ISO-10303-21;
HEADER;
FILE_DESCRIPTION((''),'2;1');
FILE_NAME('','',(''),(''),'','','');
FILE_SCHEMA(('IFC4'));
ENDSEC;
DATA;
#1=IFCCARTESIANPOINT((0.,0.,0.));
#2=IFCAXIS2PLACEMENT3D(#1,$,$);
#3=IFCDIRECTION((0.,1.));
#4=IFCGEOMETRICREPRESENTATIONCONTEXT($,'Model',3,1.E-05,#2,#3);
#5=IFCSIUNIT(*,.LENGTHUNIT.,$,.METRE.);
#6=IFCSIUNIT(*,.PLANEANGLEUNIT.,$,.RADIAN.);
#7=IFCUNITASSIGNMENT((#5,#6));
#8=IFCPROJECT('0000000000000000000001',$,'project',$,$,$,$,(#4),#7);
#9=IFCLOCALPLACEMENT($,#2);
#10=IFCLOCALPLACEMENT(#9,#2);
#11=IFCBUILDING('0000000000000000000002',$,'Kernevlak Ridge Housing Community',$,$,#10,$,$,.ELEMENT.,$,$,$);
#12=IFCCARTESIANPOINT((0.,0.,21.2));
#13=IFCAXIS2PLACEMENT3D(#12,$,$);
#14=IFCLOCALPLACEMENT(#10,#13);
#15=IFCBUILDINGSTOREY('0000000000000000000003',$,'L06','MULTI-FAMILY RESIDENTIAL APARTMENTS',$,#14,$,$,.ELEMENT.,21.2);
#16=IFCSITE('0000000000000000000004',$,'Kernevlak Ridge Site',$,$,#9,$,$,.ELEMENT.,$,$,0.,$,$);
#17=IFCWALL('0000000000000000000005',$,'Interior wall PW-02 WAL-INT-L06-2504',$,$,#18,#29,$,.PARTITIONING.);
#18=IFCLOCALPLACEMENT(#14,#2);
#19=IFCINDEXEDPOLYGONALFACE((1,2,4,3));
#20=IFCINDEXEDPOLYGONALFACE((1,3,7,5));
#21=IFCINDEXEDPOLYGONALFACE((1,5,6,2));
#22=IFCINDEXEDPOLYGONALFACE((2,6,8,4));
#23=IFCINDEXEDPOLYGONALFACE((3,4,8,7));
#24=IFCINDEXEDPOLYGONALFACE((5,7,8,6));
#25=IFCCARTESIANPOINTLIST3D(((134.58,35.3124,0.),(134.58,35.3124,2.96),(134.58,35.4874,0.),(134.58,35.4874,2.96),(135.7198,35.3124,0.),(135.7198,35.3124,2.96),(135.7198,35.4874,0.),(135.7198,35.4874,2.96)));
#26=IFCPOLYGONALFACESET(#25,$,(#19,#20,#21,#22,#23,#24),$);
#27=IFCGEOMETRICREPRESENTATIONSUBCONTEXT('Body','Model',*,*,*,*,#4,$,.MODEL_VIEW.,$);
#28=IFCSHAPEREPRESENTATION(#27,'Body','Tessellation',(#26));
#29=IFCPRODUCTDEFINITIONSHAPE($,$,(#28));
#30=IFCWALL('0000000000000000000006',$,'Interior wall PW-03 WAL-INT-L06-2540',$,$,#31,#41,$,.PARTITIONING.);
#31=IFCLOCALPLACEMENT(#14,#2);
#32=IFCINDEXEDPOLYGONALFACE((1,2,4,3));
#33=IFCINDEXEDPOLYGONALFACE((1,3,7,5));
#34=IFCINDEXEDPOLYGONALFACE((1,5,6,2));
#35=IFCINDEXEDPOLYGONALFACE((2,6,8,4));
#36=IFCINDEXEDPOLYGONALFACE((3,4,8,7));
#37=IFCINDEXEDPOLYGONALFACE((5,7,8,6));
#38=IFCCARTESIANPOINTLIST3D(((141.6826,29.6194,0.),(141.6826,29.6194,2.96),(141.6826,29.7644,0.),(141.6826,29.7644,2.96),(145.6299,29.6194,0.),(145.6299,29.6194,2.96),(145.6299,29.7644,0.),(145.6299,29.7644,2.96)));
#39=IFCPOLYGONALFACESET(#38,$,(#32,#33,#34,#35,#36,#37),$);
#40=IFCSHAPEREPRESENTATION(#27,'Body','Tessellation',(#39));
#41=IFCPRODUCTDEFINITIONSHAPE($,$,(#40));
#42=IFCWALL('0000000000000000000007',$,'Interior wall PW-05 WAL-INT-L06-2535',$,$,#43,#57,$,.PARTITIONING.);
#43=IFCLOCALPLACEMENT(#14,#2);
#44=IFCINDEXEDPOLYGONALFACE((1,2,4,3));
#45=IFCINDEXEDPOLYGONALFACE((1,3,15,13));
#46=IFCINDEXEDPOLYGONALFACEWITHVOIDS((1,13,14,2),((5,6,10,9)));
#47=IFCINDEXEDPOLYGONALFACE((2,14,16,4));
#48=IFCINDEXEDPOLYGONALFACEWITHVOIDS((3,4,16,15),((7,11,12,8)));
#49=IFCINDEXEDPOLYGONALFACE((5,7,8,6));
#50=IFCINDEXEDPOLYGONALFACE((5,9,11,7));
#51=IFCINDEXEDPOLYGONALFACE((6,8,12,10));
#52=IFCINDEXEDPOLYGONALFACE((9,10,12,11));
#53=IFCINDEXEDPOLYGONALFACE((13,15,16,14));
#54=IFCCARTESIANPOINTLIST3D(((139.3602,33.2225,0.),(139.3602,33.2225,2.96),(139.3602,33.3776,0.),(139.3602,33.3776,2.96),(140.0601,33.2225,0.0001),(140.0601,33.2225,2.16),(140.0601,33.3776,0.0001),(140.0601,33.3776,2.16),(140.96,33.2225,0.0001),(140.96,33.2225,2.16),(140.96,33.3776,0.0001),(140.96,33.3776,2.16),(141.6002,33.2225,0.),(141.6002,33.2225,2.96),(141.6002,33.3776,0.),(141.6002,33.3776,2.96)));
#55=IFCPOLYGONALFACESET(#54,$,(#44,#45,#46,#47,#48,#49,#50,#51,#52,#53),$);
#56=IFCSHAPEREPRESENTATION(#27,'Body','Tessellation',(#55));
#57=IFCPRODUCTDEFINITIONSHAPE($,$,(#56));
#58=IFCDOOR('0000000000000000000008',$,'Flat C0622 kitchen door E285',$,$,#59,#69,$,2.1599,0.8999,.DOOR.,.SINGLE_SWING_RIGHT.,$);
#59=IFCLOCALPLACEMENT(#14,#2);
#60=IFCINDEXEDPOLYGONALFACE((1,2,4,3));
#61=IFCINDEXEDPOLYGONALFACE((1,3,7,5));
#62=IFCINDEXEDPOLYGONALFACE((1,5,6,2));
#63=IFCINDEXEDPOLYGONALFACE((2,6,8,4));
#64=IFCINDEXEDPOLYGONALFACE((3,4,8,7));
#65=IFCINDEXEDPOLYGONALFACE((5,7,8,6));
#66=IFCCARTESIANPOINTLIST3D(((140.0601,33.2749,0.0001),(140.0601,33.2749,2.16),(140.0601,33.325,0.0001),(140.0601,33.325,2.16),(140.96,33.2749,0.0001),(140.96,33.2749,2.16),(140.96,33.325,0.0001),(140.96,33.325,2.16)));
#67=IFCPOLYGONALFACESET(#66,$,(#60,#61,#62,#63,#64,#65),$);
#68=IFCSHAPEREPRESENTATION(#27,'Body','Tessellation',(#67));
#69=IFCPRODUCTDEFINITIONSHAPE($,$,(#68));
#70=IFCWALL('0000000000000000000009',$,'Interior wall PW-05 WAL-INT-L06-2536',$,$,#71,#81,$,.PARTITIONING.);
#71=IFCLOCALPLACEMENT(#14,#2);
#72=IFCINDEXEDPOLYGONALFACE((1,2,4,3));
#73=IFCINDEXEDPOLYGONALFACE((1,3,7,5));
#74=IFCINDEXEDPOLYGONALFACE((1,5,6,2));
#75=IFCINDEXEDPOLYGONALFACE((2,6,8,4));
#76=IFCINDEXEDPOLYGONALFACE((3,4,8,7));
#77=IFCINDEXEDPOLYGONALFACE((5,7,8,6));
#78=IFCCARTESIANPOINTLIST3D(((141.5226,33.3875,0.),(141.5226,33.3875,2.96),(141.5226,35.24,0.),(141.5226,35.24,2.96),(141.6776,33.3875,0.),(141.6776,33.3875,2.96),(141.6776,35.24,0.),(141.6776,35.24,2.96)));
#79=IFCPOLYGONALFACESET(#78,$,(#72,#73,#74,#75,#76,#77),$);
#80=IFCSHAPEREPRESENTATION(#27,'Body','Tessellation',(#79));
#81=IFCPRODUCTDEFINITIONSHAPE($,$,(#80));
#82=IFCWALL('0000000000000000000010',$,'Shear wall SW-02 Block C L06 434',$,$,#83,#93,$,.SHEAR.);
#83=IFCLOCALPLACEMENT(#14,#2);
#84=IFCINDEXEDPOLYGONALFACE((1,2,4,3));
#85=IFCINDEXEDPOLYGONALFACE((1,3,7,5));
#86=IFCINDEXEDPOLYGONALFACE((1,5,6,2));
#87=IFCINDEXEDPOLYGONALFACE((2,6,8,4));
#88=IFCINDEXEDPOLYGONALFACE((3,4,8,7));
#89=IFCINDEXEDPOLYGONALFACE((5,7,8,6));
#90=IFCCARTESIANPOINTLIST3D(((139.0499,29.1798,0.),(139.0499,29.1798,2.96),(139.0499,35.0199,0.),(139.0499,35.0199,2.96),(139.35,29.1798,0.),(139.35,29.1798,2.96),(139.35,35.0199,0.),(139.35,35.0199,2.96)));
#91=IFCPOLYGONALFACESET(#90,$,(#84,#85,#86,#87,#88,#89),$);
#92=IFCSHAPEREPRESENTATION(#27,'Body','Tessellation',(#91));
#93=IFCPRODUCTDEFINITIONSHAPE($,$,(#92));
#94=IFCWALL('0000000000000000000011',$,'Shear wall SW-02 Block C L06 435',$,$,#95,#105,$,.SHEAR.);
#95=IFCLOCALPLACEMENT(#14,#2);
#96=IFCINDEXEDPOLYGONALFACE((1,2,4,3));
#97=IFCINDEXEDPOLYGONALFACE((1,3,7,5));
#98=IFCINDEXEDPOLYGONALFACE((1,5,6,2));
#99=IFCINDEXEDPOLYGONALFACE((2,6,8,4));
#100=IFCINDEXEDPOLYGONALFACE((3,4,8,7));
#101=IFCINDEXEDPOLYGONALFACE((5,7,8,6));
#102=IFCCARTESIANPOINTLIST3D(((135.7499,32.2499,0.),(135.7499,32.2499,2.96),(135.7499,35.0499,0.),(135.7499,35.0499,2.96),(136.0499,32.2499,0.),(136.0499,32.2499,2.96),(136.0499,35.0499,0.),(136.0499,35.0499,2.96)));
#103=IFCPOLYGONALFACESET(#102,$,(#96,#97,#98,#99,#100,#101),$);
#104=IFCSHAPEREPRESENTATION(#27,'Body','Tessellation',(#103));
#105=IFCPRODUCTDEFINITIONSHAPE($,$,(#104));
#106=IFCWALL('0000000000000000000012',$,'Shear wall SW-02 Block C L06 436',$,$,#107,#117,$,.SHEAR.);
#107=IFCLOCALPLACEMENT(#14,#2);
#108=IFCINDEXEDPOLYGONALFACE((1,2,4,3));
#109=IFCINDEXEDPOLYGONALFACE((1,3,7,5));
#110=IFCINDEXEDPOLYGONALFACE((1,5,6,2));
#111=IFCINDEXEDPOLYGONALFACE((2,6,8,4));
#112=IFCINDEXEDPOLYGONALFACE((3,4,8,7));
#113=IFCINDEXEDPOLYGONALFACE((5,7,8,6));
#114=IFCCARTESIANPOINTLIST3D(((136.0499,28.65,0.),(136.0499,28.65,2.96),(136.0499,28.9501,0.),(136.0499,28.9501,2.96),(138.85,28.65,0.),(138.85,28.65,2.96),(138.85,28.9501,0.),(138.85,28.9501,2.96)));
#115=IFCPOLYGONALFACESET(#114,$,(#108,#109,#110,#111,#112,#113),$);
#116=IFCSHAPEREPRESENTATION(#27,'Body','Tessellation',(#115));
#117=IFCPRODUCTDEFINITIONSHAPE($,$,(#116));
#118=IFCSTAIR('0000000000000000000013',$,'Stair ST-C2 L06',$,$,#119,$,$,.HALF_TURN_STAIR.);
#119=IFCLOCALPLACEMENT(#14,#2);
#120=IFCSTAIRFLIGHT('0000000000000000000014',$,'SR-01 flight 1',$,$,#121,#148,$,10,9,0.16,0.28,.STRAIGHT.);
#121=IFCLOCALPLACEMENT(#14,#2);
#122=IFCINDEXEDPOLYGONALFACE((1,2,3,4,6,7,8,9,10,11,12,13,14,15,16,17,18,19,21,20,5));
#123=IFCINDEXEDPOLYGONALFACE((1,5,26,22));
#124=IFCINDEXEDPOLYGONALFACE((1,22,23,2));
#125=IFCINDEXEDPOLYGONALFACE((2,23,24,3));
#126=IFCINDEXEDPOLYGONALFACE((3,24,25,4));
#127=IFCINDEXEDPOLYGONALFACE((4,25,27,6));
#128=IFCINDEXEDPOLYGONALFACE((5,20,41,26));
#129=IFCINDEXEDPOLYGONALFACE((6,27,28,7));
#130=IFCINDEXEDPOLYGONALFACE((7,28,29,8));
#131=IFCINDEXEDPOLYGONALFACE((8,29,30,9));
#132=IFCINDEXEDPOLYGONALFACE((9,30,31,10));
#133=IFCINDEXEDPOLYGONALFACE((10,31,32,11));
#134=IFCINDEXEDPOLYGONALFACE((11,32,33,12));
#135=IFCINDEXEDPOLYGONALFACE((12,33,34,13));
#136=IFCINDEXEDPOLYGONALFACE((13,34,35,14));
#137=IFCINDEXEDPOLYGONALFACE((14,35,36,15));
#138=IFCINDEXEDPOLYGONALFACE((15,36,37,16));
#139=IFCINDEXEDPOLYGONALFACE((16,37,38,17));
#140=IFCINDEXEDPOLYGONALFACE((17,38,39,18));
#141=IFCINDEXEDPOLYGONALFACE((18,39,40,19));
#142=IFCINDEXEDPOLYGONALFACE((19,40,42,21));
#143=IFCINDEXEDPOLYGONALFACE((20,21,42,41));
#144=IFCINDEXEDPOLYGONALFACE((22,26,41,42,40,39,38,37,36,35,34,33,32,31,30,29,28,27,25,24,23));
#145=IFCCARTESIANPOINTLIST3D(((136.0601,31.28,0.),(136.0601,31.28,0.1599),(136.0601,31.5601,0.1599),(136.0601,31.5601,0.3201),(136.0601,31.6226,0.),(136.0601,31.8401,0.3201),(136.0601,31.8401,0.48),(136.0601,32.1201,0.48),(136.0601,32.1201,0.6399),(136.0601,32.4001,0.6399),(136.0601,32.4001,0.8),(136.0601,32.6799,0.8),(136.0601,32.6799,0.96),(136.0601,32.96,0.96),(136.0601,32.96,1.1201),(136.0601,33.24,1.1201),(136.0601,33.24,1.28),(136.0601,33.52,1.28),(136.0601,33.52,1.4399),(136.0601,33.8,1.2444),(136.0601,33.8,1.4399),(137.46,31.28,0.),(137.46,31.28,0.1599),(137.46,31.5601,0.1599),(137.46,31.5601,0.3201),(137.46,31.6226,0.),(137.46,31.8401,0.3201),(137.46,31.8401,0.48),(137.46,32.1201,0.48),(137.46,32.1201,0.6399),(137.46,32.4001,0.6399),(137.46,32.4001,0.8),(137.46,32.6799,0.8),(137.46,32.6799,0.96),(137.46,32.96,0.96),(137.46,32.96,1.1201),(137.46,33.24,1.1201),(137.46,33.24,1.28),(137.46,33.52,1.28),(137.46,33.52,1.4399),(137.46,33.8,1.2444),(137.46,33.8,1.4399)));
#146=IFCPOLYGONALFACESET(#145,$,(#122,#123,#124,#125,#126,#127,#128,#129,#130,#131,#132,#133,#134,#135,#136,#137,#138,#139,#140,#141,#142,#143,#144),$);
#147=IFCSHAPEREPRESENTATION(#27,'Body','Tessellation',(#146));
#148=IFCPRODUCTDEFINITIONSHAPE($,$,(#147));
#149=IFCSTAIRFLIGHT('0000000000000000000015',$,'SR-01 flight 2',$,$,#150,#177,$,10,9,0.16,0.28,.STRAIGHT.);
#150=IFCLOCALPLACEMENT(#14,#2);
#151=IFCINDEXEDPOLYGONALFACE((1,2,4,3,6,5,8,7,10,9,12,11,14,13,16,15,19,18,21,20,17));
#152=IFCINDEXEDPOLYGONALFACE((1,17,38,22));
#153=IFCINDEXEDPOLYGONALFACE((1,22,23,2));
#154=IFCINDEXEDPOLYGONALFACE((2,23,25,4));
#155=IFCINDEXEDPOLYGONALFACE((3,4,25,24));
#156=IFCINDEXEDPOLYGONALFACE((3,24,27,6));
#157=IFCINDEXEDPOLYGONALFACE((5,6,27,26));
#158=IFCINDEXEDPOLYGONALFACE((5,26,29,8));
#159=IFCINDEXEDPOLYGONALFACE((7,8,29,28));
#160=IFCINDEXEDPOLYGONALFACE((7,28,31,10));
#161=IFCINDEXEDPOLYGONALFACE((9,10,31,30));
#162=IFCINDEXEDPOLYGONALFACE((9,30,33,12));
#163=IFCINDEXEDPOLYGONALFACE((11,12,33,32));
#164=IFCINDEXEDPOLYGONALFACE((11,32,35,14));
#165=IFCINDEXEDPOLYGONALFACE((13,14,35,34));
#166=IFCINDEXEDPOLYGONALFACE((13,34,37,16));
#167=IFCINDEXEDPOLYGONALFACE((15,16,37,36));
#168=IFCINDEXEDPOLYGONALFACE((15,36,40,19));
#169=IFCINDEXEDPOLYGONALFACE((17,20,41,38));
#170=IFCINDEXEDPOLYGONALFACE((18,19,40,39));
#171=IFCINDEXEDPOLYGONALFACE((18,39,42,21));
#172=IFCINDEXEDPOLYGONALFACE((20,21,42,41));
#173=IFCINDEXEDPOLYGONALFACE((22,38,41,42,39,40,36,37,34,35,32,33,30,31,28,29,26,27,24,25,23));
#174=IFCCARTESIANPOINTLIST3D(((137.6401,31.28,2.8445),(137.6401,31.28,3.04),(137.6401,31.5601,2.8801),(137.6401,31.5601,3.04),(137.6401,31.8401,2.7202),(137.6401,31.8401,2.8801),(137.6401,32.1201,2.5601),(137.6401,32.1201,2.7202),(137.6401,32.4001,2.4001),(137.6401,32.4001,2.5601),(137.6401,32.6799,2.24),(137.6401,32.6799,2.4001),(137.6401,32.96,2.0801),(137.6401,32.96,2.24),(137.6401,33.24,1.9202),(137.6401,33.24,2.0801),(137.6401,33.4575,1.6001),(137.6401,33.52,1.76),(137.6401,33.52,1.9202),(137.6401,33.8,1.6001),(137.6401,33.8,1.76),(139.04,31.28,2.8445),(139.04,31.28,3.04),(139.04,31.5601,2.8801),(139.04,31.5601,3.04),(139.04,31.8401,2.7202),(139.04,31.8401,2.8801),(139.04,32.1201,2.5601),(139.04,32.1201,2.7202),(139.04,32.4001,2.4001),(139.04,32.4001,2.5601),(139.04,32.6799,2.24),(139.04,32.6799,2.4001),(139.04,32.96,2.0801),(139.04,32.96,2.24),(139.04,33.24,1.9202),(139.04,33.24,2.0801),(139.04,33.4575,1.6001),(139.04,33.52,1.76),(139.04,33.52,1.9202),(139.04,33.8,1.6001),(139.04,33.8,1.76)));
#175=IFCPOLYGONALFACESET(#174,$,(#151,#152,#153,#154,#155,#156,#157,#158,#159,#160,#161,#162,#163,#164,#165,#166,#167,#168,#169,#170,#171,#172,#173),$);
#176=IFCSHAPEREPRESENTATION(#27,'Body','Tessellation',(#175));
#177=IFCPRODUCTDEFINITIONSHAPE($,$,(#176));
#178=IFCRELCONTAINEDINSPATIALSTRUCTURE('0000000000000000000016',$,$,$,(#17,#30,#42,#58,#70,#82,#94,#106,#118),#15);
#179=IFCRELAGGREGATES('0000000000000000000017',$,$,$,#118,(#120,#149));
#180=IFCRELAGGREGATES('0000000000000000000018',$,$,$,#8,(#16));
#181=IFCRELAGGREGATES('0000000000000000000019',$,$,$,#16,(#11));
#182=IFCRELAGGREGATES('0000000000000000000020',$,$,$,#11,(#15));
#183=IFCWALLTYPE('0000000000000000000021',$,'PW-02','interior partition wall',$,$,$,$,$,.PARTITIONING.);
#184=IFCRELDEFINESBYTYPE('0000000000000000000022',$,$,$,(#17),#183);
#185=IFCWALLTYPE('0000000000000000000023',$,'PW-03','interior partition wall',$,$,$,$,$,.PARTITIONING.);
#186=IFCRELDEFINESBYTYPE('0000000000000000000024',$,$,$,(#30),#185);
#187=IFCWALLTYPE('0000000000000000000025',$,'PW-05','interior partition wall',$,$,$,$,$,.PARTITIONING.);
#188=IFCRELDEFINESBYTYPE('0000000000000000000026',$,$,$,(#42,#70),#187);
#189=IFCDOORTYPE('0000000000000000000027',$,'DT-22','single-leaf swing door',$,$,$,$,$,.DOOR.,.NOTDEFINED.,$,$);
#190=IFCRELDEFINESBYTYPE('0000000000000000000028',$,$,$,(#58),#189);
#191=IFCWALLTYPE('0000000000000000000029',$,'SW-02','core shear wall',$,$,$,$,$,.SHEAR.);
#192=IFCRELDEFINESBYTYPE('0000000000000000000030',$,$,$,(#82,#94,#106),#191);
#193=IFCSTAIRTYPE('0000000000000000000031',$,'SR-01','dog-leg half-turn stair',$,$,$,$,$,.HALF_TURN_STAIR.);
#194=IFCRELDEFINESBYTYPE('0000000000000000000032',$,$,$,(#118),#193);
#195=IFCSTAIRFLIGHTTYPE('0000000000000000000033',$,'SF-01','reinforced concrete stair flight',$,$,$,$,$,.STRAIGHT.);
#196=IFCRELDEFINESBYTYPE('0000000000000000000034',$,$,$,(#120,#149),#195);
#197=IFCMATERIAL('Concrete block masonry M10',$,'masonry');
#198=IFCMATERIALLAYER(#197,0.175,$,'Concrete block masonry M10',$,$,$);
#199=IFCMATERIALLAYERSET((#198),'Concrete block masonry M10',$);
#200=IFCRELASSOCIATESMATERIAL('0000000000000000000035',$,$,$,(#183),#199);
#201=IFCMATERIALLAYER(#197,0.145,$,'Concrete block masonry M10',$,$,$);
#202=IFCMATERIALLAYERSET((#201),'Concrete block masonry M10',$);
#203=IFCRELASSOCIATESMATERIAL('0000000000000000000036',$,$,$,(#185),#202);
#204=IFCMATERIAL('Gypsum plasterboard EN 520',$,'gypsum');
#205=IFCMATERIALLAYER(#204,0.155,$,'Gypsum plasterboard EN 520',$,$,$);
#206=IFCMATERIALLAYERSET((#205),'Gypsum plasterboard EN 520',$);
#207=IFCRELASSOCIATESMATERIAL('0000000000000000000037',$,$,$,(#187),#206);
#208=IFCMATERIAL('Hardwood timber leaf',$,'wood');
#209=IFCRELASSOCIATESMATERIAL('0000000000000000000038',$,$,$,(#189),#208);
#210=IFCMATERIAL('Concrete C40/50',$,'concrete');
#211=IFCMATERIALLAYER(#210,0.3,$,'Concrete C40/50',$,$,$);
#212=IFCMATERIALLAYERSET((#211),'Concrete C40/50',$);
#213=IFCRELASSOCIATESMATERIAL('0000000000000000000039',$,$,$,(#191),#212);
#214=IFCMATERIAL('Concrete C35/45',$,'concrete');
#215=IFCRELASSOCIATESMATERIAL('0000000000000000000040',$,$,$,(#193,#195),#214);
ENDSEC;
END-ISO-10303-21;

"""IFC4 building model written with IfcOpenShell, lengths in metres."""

from ifc_helpers import new_model, si_unit, direction, frame, frame_2d, origin, place, context, subcontext, project, spatial, polyline, rectangle, outline, extrude, material, layer, layer_set, type_object, element, fill, aggregate, save


model = new_model("IFC4")

# Units and contexts
model_context = context("Model", 3, precision=1e-05, world=origin(), true_north=direction((0.0, 1.0)))
body_context = subcontext(model_context, "Body", "Model", "MODEL_VIEW")
ifc_project = project(units=[si_unit("LENGTHUNIT", "METRE"), si_unit("PLANEANGLEUNIT", "RADIAN")], contexts=[model_context])

# Site, building, storey
site_placement = place(None, origin())
site = spatial("IfcSite", under=ifc_project, at=site_placement, Name="Kernevlak Ridge Site", CompositionType="ELEMENT", RefElevation=0.0)
building_placement = place(site_placement, origin())
building = spatial("IfcBuilding", under=site, at=building_placement, Name="Kernevlak Ridge Housing Community", CompositionType="ELEMENT")
storey_placement = place(building_placement, frame((0.0, 0.0, 21.2)))
storey = spatial("IfcBuildingStorey", under=building, at=storey_placement, Name="L06", Description="MULTI-FAMILY RESIDENTIAL APARTMENTS", CompositionType="ELEMENT", Elevation=21.2)

# Shared definitions
ifc_material_1 = material(Name="Concrete C35/45", Category="concrete")

# Shared definitions
ifc_material_2 = material(Name="Concrete block masonry M10", Category="masonry")

# Shared definitions
ifc_layer_1 = layer(ifc_material_2, 0.175, Name="Concrete block masonry M10")
ifc_layer_set_1 = layer_set([ifc_layer_1], Name="Concrete block masonry M10")
wall_type_1 = type_object("IfcWallType", Name="PW-02", Description="interior partition wall", PredefinedType="PARTITIONING", material=ifc_layer_set_1)

# Walls
for number, where, z_axis, x_axis, name in (
    (1, (134.5801, 35.3999, 0.0), (0.0, 0.0, 1.0), (1.0, 0.0, 0.0), "Interior wall PW-02 WAL-INT-L06-2504"),
):
    element("IfcWall", number, at=place(storey_placement, frame(where, z_axis=z_axis, x_axis=x_axis)), inside=storey, type_object=wall_type_1, Name=name, PredefinedType="PARTITIONING", context=body_context, shape_type="SweptSolid", body=[
        extrude(rectangle(XDim=1.1399, YDim=0.175, at=frame_2d((0.5698, 0.0))), origin(), (0.0, 0.0, 1.0), 2.96),
    ])
ifc_layer_2 = layer(ifc_material_2, 0.145, Name="Concrete block masonry M10")
ifc_layer_set_2 = layer_set([ifc_layer_2], Name="Concrete block masonry M10")
wall_type_2 = type_object("IfcWallType", Name="PW-03", Description="interior partition wall", PredefinedType="PARTITIONING", material=ifc_layer_set_2)
wall_1_placement = place(storey_placement, frame((141.6826, 29.6919, 0.0), z_axis=(0.0, 0.0, 1.0), x_axis=(1.0, 0.0, 0.0)))
element("IfcWall", 2, at=wall_1_placement, inside=storey, type_object=wall_type_2, Name="Interior wall PW-03 WAL-INT-L06-2540", PredefinedType="PARTITIONING", context=body_context, shape_type="SweptSolid", body=[
    extrude(rectangle(XDim=3.9473, YDim=0.145, at=frame_2d((1.9736, 0.0))), origin(), (0.0, 0.0, 1.0), 2.96),
])

# Wall, opening, door
ifc_material_3 = material(Name="Gypsum plasterboard EN 520", Category="gypsum")
ifc_layer_3 = layer(ifc_material_3, 0.155, Name="Gypsum plasterboard EN 520")
ifc_layer_set_3 = layer_set([ifc_layer_3], Name="Gypsum plasterboard EN 520")
wall_type_3 = type_object("IfcWallType", Name="PW-05", Description="interior partition wall", PredefinedType="PARTITIONING", material=ifc_layer_set_3)
wall_2_placement = place(storey_placement, frame((139.3601, 33.3, 0.0), z_axis=(0.0, 0.0, 1.0), x_axis=(1.0, 0.0, 0.0)))
wall_2 = element("IfcWall", 3, at=wall_2_placement, inside=storey, type_object=wall_type_3, Name="Interior wall PW-05 WAL-INT-L06-2535", PredefinedType="PARTITIONING", context=body_context, shape_type="SweptSolid", body=[
    extrude(rectangle(XDim=2.24, YDim=0.155, at=frame_2d((1.1201, 0.0))), origin(), (0.0, 0.0, 1.0), 2.96),
])
opening_1_placement = place(wall_2_placement, frame((0.7, 0.0, 0.0)))
opening_1 = element("IfcOpeningElement", 4, at=opening_1_placement, cuts=wall_2, PredefinedType="OPENING", context=body_context, shape_type="SweptSolid", body=[
    extrude(rectangle(XDim=0.8999, YDim=2.1599, at=frame_2d((0.45, 1.0801))), frame((0.0, 0.0874, 0.0), z_axis=(0.0, -1.0, 0.0), x_axis=(1.0, 0.0, 0.0)), (0.0, 0.0, 1.0), 0.175),
])
ifc_material_4 = material(Name="Hardwood timber leaf", Category="wood")
door_type_1 = type_object("IfcDoorType", Name="DT-22", Description="single-leaf swing door", OperationType="NOTDEFINED", PredefinedType="DOOR", material=ifc_material_4)
door_1_placement = place(opening_1_placement, origin())
door_1 = element("IfcDoor", 5, at=door_1_placement, inside=storey, type_object=door_type_1, Name="Flat C0622 kitchen door E285", OperationType="SINGLE_SWING_RIGHT", OverallHeight=2.1599, OverallWidth=0.8999, PredefinedType="DOOR", context=body_context, shape_type="SweptSolid", body=[
    extrude(rectangle(XDim=0.8999, YDim=2.1599, at=frame_2d((0.45, 1.0801))), frame((0.0, 0.0249, 0.0), z_axis=(0.0, -1.0, 0.0), x_axis=(1.0, 0.0, 0.0)), (0.0, 0.0, 1.0), 0.05),
])
fill(opening_1, door_1)

# Walls
wall_3_placement = place(storey_placement, frame((141.6001, 33.3875, 0.0), z_axis=(0.0, 0.0, 1.0), x_axis=(0.0, 1.0, 0.0)))
element("IfcWall", 6, at=wall_3_placement, inside=storey, type_object=wall_type_3, Name="Interior wall PW-05 WAL-INT-L06-2536", PredefinedType="PARTITIONING", context=body_context, shape_type="SweptSolid", body=[
    extrude(rectangle(XDim=1.8525, YDim=0.155, at=frame_2d((0.9263, 0.0))), origin(), (0.0, 0.0, 1.0), 2.96),
])
ifc_material_5 = material(Name="Concrete C40/50", Category="concrete")
ifc_layer_4 = layer(ifc_material_5, 0.3, Name="Concrete C40/50")
ifc_layer_set_4 = layer_set([ifc_layer_4], Name="Concrete C40/50")
wall_type_4 = type_object("IfcWallType", Name="SW-02", Description="core shear wall", PredefinedType="SHEAR", material=ifc_layer_set_4)
wall_4_placement = place(storey_placement, frame((139.2, 29.1799, 0.0), z_axis=(0.0, 0.0, 1.0), x_axis=(0.0, 1.0, 0.0)))
element("IfcWall", 7, at=wall_4_placement, inside=storey, type_object=wall_type_4, Name="Shear wall SW-02 Block C L06 434", PredefinedType="SHEAR", context=body_context, shape_type="SweptSolid", body=[
    extrude(rectangle(XDim=5.8401, YDim=0.3, at=frame_2d((2.9199, 0.0))), origin(), (0.0, 0.0, 1.0), 2.96),
])
for number, where, z_axis, x_axis, name in (
    (8, (135.8999, 32.25, 0.0), (0.0, 0.0, 1.0), (0.0, 1.0, 0.0), "Shear wall SW-02 Block C L06 435"),
    (9, (136.05, 28.8, 0.0), (0.0, 0.0, 1.0), (1.0, 0.0, 0.0), "Shear wall SW-02 Block C L06 436"),
):
    element("IfcWall", number, at=place(storey_placement, frame(where, z_axis=z_axis, x_axis=x_axis)), inside=storey, type_object=wall_type_4, Name=name, PredefinedType="SHEAR", context=body_context, shape_type="SweptSolid", body=[
        extrude(rectangle(XDim=2.8, YDim=0.3, at=frame_2d((1.3999, 0.0))), origin(), (0.0, 0.0, 1.0), 2.96),
    ])

# Stair, stair flights
stair_type = type_object("IfcStairType", Name="SR-01", Description="dog-leg half-turn stair", PredefinedType="HALF_TURN_STAIR", material=ifc_material_1)
stair_placement = place(storey_placement, origin())
stair = element("IfcStair", 10, at=stair_placement, inside=storey, type_object=stair_type, Name="Stair ST-C2 L06", PredefinedType="HALF_TURN_STAIR")
stair_flight_type = type_object("IfcStairFlightType", Name="SF-01", Description="reinforced concrete stair flight", PredefinedType="STRAIGHT", material=ifc_material_1)
stair_flight_1_placement = place(storey_placement, frame((136.76, 31.28, 0.0), z_axis=(0.0, 0.0, 1.0), x_axis=(0.0, 1.0, 0.0)))
stair_flight_1 = element("IfcStairFlight", 11, at=stair_flight_1_placement, type_object=stair_flight_type, Name="SR-01 flight 1", NumberOfRisers=10, NumberOfTreads=9, PredefinedType="STRAIGHT", RiserHeight=0.16, TreadLength=0.28, context=body_context, shape_type="SweptSolid", body=[
    extrude(outline(polyline([(0.0, 0.0), (0.0, 0.1599), (0.28, 0.1599), (0.28, 0.3201), (0.5601, 0.3201), (0.5601, 0.48), (0.8401, 0.48), (0.8401, 0.6399), (1.1201, 0.6399), (1.1201, 0.8), (1.3999, 0.8), (1.3999, 0.96), (1.6799, 0.96), (1.6799, 1.1201), (1.96, 1.1201), (1.96, 1.28), (2.24, 1.28), (2.24, 1.4399), (2.52, 1.4399), (2.52, 1.6001), (2.52, 1.2444), (0.3425, 0.0), (0.0, 0.0)])), frame((0.0, 0.7, 0.0), z_axis=(0.0, -1.0, 0.0), x_axis=(1.0, 0.0, 0.0)), (0.0, 0.0, 1.0), 1.3999),
])
stair_flight_2_placement = place(storey_placement, frame((138.3401, 33.8, 1.6001), z_axis=(0.0, 0.0, 1.0), x_axis=(0.0, -1.0, 0.0)))
stair_flight_2 = element("IfcStairFlight", 12, at=stair_flight_2_placement, type_object=stair_flight_type, Name="SR-01 flight 2", NumberOfRisers=10, NumberOfTreads=9, PredefinedType="STRAIGHT", RiserHeight=0.16, TreadLength=0.28, context=body_context, shape_type="SweptSolid", body=[
    extrude(outline(polyline([(0.0, 0.0), (0.0, 0.1599), (0.28, 0.1599), (0.28, 0.3201), (0.5601, 0.3201), (0.5601, 0.48), (0.8401, 0.48), (0.8401, 0.6399), (1.1201, 0.6399), (1.1201, 0.8), (1.3999, 0.8), (1.3999, 0.96), (1.6799, 0.96), (1.6799, 1.1201), (1.96, 1.1201), (1.96, 1.28), (2.24, 1.28), (2.24, 1.4399), (2.52, 1.4399), (2.52, 1.6001), (2.52, 1.2444), (0.3425, 0.0), (0.0, 0.0)])), frame((0.0, 0.7, 0.0), z_axis=(0.0, -1.0, 0.0), x_axis=(1.0, 0.0, 0.0)), (0.0, 0.0, 1.0), 1.3999),
])
aggregate(stair, [stair_flight_1, stair_flight_2])

save(model, "model.ifc")
